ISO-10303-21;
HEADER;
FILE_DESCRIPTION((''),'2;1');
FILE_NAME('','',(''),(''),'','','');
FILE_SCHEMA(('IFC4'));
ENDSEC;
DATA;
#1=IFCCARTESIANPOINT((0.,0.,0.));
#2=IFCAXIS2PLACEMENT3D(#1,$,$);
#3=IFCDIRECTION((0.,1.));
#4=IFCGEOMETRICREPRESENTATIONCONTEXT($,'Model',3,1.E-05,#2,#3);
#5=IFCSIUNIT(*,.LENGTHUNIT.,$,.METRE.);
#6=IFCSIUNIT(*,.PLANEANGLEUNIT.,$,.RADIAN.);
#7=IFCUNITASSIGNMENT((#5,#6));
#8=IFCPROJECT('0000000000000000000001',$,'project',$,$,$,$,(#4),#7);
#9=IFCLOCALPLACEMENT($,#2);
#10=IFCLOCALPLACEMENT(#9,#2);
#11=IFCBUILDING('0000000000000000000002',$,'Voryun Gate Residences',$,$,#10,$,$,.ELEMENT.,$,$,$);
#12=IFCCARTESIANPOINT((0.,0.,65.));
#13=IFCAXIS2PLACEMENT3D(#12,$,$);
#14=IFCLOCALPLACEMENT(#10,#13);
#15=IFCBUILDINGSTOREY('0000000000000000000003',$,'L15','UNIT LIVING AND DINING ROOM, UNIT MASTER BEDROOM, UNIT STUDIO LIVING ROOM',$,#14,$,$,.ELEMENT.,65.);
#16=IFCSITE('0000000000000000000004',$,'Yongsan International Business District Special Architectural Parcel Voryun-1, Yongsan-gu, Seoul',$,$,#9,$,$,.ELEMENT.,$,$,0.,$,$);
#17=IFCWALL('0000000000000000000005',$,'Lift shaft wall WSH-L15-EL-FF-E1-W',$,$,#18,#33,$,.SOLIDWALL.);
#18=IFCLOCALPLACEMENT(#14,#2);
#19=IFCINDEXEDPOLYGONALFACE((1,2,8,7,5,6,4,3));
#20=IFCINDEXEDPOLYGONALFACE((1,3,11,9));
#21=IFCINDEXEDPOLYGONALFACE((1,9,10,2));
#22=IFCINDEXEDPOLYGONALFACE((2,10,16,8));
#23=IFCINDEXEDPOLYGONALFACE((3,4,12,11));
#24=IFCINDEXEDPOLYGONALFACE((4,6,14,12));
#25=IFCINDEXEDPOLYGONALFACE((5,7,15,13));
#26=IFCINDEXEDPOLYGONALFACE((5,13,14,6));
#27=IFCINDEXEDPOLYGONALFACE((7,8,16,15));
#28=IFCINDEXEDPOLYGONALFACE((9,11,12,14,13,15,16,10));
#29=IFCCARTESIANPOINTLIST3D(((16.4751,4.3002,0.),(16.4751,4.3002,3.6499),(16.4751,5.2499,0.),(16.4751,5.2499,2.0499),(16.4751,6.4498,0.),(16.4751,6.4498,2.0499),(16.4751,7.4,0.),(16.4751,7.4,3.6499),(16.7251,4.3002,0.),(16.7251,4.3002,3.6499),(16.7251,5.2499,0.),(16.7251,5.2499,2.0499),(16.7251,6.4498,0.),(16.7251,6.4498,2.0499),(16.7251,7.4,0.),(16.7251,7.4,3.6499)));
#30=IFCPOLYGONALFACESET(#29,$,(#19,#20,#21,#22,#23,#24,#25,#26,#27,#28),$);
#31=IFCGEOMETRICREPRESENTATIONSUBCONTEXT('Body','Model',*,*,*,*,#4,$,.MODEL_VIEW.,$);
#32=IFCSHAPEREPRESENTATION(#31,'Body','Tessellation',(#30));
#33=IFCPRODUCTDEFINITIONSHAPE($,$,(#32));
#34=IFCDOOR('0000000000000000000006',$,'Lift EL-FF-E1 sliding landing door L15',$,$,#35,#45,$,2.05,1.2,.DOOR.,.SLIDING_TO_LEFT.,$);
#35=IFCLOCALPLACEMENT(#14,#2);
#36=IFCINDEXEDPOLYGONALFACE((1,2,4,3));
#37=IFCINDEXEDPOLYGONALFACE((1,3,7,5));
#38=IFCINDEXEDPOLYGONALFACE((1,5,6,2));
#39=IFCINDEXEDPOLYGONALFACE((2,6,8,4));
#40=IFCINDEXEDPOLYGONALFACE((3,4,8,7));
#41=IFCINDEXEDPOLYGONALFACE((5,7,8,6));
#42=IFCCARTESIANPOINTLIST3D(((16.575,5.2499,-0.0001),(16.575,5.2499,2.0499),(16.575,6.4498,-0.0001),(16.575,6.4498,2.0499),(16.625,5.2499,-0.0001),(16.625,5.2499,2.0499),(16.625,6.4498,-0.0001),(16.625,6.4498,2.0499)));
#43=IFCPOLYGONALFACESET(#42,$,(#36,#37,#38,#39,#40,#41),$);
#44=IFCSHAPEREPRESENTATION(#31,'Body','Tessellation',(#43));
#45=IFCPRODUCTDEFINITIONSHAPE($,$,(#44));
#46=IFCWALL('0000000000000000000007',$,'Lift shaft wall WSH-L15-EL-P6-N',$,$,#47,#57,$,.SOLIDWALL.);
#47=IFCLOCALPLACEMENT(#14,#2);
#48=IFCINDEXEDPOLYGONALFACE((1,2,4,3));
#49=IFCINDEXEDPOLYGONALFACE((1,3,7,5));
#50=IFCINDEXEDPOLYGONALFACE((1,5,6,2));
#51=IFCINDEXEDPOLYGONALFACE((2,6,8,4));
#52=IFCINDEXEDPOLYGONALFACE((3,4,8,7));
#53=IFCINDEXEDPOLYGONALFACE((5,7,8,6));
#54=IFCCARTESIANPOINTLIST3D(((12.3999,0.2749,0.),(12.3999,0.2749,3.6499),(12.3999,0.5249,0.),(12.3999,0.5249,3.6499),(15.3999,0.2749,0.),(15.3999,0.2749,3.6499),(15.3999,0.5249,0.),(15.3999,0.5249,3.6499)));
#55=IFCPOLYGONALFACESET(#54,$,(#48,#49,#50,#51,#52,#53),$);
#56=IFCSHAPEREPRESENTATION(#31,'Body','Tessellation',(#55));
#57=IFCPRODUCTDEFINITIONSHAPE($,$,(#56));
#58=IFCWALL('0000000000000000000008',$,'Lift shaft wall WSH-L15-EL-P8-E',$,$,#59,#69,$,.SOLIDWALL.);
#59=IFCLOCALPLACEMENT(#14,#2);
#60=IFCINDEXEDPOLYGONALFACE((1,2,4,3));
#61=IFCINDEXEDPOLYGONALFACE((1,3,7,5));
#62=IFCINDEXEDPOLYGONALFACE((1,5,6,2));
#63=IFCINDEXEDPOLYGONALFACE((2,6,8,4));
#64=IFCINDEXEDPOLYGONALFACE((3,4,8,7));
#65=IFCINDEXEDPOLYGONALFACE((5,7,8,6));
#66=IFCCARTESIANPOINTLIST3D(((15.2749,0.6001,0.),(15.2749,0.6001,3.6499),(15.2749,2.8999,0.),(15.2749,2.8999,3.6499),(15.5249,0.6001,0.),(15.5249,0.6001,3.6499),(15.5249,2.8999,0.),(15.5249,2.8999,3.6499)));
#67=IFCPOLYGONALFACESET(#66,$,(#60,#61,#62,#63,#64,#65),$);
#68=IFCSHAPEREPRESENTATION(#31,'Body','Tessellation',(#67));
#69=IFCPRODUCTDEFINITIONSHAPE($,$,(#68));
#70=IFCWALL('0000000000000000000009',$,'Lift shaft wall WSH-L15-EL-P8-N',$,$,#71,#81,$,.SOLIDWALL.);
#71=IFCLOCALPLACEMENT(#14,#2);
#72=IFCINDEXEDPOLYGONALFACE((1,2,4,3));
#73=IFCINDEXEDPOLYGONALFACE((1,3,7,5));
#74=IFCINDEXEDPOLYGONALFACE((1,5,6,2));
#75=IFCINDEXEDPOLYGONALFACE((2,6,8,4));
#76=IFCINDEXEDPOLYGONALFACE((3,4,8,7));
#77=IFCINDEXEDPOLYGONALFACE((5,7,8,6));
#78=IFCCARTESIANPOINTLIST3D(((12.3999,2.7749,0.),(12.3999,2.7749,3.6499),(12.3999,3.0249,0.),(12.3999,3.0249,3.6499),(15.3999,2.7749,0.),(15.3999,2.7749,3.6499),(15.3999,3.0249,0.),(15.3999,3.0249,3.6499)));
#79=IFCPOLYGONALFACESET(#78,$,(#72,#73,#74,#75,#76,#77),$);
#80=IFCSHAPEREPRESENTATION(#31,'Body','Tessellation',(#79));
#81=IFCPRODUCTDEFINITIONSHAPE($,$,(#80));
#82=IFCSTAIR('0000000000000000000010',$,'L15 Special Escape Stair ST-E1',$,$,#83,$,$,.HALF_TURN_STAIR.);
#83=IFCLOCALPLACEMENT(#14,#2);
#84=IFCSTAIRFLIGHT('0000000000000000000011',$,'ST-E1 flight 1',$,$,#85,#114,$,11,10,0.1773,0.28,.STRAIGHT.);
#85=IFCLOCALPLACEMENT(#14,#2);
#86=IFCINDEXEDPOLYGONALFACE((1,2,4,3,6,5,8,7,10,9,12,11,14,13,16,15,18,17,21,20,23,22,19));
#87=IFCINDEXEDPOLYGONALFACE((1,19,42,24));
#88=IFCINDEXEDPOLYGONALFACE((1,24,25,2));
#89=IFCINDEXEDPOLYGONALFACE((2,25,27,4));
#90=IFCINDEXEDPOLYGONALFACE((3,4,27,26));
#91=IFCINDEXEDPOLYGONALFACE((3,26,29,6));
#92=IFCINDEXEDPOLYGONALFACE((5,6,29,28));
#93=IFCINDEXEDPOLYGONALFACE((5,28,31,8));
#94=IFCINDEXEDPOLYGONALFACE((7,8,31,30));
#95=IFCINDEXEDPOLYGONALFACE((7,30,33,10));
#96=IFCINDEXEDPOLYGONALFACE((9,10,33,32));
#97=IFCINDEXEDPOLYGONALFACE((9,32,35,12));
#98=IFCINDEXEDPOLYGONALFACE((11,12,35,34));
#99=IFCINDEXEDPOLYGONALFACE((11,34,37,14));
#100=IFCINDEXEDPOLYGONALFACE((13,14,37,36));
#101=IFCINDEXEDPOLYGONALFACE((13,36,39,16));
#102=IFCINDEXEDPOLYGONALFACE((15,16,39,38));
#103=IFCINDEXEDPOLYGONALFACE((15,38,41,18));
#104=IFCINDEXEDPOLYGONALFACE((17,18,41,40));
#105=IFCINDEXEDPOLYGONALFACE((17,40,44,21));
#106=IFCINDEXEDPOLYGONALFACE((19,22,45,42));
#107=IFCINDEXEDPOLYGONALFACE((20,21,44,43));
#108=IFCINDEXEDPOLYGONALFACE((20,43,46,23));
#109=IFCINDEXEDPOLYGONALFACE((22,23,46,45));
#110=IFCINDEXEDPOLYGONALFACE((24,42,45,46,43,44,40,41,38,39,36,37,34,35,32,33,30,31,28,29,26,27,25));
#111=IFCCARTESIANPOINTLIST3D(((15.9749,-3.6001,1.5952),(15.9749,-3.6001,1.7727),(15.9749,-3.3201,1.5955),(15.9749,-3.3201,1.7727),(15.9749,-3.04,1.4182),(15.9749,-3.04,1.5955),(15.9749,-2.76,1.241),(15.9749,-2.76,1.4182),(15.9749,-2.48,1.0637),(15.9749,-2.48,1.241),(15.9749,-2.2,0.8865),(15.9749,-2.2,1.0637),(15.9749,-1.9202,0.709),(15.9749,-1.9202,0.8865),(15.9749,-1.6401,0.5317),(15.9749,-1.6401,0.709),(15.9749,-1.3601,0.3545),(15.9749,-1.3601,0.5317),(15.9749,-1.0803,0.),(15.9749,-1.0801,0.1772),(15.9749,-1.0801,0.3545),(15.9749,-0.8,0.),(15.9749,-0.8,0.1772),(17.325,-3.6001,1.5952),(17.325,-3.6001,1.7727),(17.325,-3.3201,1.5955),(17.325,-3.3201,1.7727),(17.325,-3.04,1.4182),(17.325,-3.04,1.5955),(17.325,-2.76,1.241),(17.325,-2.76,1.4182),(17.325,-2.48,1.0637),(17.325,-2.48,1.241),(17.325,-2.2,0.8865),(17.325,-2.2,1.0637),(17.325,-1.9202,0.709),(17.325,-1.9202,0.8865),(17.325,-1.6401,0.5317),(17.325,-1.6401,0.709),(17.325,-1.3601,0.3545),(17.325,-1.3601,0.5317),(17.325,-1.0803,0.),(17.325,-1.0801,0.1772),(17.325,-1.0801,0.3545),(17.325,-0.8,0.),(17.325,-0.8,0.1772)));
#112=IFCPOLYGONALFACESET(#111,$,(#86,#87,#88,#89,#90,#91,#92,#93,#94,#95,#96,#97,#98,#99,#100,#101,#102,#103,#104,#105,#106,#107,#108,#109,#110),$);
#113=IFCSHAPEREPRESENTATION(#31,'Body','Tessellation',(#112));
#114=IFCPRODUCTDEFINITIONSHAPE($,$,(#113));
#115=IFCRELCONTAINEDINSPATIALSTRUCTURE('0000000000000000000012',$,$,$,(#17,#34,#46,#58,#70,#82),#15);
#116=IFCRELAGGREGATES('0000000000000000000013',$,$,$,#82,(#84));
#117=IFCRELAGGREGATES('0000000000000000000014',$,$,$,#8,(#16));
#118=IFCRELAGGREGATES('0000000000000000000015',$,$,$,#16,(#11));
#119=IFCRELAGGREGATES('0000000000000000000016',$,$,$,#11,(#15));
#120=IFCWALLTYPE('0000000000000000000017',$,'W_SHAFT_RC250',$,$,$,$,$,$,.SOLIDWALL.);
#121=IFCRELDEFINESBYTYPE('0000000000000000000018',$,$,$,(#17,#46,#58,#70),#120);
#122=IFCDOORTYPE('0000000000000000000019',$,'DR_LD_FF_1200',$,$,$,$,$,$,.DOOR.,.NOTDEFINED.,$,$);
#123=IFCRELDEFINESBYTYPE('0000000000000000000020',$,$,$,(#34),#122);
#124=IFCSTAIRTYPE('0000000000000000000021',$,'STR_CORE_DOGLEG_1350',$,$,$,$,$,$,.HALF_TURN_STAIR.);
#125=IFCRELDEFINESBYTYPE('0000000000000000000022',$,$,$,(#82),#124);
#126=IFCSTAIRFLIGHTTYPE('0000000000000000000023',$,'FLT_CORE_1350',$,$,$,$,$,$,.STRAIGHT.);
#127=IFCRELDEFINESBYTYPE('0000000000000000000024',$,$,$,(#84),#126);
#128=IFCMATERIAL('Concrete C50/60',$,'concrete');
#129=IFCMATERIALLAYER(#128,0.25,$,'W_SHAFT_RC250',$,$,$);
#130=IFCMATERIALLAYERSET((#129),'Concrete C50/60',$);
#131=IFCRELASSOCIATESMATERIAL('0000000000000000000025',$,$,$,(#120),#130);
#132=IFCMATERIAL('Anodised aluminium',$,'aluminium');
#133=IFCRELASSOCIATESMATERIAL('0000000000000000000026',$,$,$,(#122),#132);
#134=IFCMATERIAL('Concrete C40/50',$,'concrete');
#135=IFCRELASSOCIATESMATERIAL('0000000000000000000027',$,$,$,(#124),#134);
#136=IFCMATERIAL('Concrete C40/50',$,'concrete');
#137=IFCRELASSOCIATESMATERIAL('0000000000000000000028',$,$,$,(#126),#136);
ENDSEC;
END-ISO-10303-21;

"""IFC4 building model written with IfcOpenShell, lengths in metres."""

from ifc_helpers import new_model, si_unit, direction, frame, frame_2d, origin, place, context, subcontext, project, spatial, polyline, rectangle, outline, extrude, material, layer, layer_set, type_object, element, fill, aggregate, save


model = new_model("IFC4")

# Units and contexts
model_context = context("Model", 3, precision=1e-05, world=origin(), true_north=direction((0.0, 1.0)))
body_context = subcontext(model_context, "Body", "Model", "MODEL_VIEW")
ifc_project = project(units=[si_unit("LENGTHUNIT", "METRE"), si_unit("PLANEANGLEUNIT", "RADIAN")], contexts=[model_context])

# Site, building, storey
site_placement = place(None, origin())
site = spatial("IfcSite", under=ifc_project, at=site_placement, Name="Yongsan International Business District Special Architectural Parcel Voryun-1, Yongsan-gu, Seoul", CompositionType="ELEMENT", RefElevation=0.0)
building_placement = place(site_placement, origin())
building = spatial("IfcBuilding", under=site, at=building_placement, Name="Voryun Gate Residences", CompositionType="ELEMENT")
storey_placement = place(building_placement, frame((0.0, 0.0, 65.0)))
storey = spatial("IfcBuildingStorey", under=building, at=storey_placement, Name="L15", Description="UNIT LIVING AND DINING ROOM, UNIT MASTER BEDROOM, UNIT STUDIO LIVING ROOM", CompositionType="ELEMENT", Elevation=65.0)

# Shared definitions
ifc_material_1 = material(Name="Concrete C50/60", Category="concrete")
ifc_layer_1 = layer(ifc_material_1, 0.25, Name="W_SHAFT_RC250")
ifc_layer_set_1 = layer_set([ifc_layer_1], Name="Concrete C50/60")
wall_type_1 = type_object("IfcWallType", Name="W_SHAFT_RC250", PredefinedType="SOLIDWALL", material=ifc_layer_set_1)

# Wall, opening, door
wall_1_placement = place(storey_placement, frame((16.6001, 7.3999, 0.0), z_axis=(0.0, 0.0, 1.0), x_axis=(0.0, -1.0, 0.0)))
wall_1 = element("IfcWall", 1, at=wall_1_placement, inside=storey, type_object=wall_type_1, Name="Lift shaft wall WSH-L15-EL-FF-E1-W", PredefinedType="SOLIDWALL", context=body_context, shape_type="SweptSolid", body=[
    extrude(rectangle(XDim=3.0999, YDim=0.25, at=frame_2d((1.5498, 0.0))), origin(), (0.0, 0.0, 1.0), 3.6499),
])
opening_1_placement = place(wall_1_placement, frame((0.95, 0.0, 0.0)))
opening_1 = element("IfcOpeningElement", 2, at=opening_1_placement, cuts=wall_1, PredefinedType="OPENING", context=body_context, shape_type="SweptSolid", body=[
    extrude(rectangle(XDim=1.2, YDim=2.05, at=frame_2d((0.6001, 1.0249))), frame((0.0, 0.135, 0.0), z_axis=(0.0, -1.0, 0.0), x_axis=(1.0, 0.0, 0.0)), (0.0, 0.0, 1.0), 0.27),
])
ifc_material_2 = material(Name="Anodised aluminium", Category="aluminium")
door_type_1 = type_object("IfcDoorType", Name="DR_LD_FF_1200", OperationType="NOTDEFINED", PredefinedType="DOOR", material=ifc_material_2)
door_1_placement = place(opening_1_placement, origin())
door_1 = element("IfcDoor", 3, at=door_1_placement, inside=storey, type_object=door_type_1, Name="Lift EL-FF-E1 sliding landing door L15", OperationType="SLIDING_TO_LEFT", OverallHeight=2.05, OverallWidth=1.2, PredefinedType="DOOR", context=body_context, shape_type="SweptSolid", body=[
    extrude(rectangle(XDim=1.2, YDim=2.05, at=frame_2d((0.6001, 1.0249))), frame((0.0, 0.0249, 0.0), z_axis=(0.0, -1.0, 0.0), x_axis=(1.0, 0.0, 0.0)), (0.0, 0.0, 1.0), 0.05),
])
fill(opening_1, door_1)

# Walls
wall_2_placement = place(storey_placement, frame((15.3999, 0.3999, 0.0), z_axis=(0.0, 0.0, 1.0), x_axis=(-1.0, 0.0, 0.0)))
element("IfcWall", 4, at=wall_2_placement, inside=storey, type_object=wall_type_1, Name="Lift shaft wall WSH-L15-EL-P6-N", PredefinedType="SOLIDWALL", context=body_context, shape_type="SweptSolid", body=[
    extrude(rectangle(XDim=3.0, YDim=0.25, at=frame_2d((1.5, 0.0))), origin(), (0.0, 0.0, 1.0), 3.6499),
])
wall_3_placement = place(storey_placement, frame((15.3999, 0.6001, 0.0), z_axis=(0.0, 0.0, 1.0), x_axis=(0.0, 1.0, 0.0)))
element("IfcWall", 5, at=wall_3_placement, inside=storey, type_object=wall_type_1, Name="Lift shaft wall WSH-L15-EL-P8-E", PredefinedType="SOLIDWALL", context=body_context, shape_type="SweptSolid", body=[
    extrude(rectangle(XDim=2.2998, YDim=0.25, at=frame_2d((1.1499, 0.0))), origin(), (0.0, 0.0, 1.0), 3.6499),
])
wall_4_placement = place(storey_placement, frame((15.3999, 2.8999, 0.0), z_axis=(0.0, 0.0, 1.0), x_axis=(-1.0, 0.0, 0.0)))
element("IfcWall", 6, at=wall_4_placement, inside=storey, type_object=wall_type_1, Name="Lift shaft wall WSH-L15-EL-P8-N", PredefinedType="SOLIDWALL", context=body_context, shape_type="SweptSolid", body=[
    extrude(rectangle(XDim=3.0, YDim=0.25, at=frame_2d((1.5, 0.0))), origin(), (0.0, 0.0, 1.0), 3.6499),
])

# Stair, stair flight
ifc_material_3 = material(Name="Concrete C40/50", Category="concrete")
stair_type = type_object("IfcStairType", Name="STR_CORE_DOGLEG_1350", PredefinedType="HALF_TURN_STAIR", material=ifc_material_3)
stair_placement = place(storey_placement, origin())
stair = element("IfcStair", 7, at=stair_placement, inside=storey, type_object=stair_type, Name="L15 Special Escape Stair ST-E1", PredefinedType="HALF_TURN_STAIR")
ifc_material_4 = material(Name="Concrete C40/50", Category="concrete")
stair_flight_type = type_object("IfcStairFlightType", Name="FLT_CORE_1350", PredefinedType="STRAIGHT", material=ifc_material_4)
stair_flight_placement = place(storey_placement, frame((16.6499, -0.8, 0.0), z_axis=(0.0, 0.0, 1.0), x_axis=(0.0, -1.0, 0.0)))
stair_flight = element("IfcStairFlight", 8, at=stair_flight_placement, type_object=stair_flight_type, Name="ST-E1 flight 1", NumberOfRisers=11, NumberOfTreads=10, PredefinedType="STRAIGHT", RiserHeight=0.1773, TreadLength=0.28, context=body_context, shape_type="SweptSolid", body=[
    extrude(outline(polyline([(0.0, 0.0), (0.0, 0.1772), (0.28, 0.1772), (0.28, 0.3545), (0.5601, 0.3545), (0.5601, 0.5317), (0.8401, 0.5317), (0.8401, 0.709), (1.1201, 0.709), (1.1201, 0.8865), (1.3999, 0.8865), (1.3999, 1.0637), (1.6799, 1.0637), (1.6799, 1.241), (1.96, 1.241), (1.96, 1.4182), (2.24, 1.4182), (2.24, 1.5955), (2.52, 1.5955), (2.52, 1.7727), (2.8, 1.7727), (2.8, 1.95), (2.8, 1.5952), (0.2803, 0.0), (0.0, 0.0)])), frame((0.0, 0.675, 0.0), z_axis=(0.0, -1.0, 0.0), x_axis=(1.0, 0.0, 0.0)), (0.0, 0.0, 1.0), 1.3501),
])
aggregate(stair, [stair_flight])

save(model, "model.ifc")
